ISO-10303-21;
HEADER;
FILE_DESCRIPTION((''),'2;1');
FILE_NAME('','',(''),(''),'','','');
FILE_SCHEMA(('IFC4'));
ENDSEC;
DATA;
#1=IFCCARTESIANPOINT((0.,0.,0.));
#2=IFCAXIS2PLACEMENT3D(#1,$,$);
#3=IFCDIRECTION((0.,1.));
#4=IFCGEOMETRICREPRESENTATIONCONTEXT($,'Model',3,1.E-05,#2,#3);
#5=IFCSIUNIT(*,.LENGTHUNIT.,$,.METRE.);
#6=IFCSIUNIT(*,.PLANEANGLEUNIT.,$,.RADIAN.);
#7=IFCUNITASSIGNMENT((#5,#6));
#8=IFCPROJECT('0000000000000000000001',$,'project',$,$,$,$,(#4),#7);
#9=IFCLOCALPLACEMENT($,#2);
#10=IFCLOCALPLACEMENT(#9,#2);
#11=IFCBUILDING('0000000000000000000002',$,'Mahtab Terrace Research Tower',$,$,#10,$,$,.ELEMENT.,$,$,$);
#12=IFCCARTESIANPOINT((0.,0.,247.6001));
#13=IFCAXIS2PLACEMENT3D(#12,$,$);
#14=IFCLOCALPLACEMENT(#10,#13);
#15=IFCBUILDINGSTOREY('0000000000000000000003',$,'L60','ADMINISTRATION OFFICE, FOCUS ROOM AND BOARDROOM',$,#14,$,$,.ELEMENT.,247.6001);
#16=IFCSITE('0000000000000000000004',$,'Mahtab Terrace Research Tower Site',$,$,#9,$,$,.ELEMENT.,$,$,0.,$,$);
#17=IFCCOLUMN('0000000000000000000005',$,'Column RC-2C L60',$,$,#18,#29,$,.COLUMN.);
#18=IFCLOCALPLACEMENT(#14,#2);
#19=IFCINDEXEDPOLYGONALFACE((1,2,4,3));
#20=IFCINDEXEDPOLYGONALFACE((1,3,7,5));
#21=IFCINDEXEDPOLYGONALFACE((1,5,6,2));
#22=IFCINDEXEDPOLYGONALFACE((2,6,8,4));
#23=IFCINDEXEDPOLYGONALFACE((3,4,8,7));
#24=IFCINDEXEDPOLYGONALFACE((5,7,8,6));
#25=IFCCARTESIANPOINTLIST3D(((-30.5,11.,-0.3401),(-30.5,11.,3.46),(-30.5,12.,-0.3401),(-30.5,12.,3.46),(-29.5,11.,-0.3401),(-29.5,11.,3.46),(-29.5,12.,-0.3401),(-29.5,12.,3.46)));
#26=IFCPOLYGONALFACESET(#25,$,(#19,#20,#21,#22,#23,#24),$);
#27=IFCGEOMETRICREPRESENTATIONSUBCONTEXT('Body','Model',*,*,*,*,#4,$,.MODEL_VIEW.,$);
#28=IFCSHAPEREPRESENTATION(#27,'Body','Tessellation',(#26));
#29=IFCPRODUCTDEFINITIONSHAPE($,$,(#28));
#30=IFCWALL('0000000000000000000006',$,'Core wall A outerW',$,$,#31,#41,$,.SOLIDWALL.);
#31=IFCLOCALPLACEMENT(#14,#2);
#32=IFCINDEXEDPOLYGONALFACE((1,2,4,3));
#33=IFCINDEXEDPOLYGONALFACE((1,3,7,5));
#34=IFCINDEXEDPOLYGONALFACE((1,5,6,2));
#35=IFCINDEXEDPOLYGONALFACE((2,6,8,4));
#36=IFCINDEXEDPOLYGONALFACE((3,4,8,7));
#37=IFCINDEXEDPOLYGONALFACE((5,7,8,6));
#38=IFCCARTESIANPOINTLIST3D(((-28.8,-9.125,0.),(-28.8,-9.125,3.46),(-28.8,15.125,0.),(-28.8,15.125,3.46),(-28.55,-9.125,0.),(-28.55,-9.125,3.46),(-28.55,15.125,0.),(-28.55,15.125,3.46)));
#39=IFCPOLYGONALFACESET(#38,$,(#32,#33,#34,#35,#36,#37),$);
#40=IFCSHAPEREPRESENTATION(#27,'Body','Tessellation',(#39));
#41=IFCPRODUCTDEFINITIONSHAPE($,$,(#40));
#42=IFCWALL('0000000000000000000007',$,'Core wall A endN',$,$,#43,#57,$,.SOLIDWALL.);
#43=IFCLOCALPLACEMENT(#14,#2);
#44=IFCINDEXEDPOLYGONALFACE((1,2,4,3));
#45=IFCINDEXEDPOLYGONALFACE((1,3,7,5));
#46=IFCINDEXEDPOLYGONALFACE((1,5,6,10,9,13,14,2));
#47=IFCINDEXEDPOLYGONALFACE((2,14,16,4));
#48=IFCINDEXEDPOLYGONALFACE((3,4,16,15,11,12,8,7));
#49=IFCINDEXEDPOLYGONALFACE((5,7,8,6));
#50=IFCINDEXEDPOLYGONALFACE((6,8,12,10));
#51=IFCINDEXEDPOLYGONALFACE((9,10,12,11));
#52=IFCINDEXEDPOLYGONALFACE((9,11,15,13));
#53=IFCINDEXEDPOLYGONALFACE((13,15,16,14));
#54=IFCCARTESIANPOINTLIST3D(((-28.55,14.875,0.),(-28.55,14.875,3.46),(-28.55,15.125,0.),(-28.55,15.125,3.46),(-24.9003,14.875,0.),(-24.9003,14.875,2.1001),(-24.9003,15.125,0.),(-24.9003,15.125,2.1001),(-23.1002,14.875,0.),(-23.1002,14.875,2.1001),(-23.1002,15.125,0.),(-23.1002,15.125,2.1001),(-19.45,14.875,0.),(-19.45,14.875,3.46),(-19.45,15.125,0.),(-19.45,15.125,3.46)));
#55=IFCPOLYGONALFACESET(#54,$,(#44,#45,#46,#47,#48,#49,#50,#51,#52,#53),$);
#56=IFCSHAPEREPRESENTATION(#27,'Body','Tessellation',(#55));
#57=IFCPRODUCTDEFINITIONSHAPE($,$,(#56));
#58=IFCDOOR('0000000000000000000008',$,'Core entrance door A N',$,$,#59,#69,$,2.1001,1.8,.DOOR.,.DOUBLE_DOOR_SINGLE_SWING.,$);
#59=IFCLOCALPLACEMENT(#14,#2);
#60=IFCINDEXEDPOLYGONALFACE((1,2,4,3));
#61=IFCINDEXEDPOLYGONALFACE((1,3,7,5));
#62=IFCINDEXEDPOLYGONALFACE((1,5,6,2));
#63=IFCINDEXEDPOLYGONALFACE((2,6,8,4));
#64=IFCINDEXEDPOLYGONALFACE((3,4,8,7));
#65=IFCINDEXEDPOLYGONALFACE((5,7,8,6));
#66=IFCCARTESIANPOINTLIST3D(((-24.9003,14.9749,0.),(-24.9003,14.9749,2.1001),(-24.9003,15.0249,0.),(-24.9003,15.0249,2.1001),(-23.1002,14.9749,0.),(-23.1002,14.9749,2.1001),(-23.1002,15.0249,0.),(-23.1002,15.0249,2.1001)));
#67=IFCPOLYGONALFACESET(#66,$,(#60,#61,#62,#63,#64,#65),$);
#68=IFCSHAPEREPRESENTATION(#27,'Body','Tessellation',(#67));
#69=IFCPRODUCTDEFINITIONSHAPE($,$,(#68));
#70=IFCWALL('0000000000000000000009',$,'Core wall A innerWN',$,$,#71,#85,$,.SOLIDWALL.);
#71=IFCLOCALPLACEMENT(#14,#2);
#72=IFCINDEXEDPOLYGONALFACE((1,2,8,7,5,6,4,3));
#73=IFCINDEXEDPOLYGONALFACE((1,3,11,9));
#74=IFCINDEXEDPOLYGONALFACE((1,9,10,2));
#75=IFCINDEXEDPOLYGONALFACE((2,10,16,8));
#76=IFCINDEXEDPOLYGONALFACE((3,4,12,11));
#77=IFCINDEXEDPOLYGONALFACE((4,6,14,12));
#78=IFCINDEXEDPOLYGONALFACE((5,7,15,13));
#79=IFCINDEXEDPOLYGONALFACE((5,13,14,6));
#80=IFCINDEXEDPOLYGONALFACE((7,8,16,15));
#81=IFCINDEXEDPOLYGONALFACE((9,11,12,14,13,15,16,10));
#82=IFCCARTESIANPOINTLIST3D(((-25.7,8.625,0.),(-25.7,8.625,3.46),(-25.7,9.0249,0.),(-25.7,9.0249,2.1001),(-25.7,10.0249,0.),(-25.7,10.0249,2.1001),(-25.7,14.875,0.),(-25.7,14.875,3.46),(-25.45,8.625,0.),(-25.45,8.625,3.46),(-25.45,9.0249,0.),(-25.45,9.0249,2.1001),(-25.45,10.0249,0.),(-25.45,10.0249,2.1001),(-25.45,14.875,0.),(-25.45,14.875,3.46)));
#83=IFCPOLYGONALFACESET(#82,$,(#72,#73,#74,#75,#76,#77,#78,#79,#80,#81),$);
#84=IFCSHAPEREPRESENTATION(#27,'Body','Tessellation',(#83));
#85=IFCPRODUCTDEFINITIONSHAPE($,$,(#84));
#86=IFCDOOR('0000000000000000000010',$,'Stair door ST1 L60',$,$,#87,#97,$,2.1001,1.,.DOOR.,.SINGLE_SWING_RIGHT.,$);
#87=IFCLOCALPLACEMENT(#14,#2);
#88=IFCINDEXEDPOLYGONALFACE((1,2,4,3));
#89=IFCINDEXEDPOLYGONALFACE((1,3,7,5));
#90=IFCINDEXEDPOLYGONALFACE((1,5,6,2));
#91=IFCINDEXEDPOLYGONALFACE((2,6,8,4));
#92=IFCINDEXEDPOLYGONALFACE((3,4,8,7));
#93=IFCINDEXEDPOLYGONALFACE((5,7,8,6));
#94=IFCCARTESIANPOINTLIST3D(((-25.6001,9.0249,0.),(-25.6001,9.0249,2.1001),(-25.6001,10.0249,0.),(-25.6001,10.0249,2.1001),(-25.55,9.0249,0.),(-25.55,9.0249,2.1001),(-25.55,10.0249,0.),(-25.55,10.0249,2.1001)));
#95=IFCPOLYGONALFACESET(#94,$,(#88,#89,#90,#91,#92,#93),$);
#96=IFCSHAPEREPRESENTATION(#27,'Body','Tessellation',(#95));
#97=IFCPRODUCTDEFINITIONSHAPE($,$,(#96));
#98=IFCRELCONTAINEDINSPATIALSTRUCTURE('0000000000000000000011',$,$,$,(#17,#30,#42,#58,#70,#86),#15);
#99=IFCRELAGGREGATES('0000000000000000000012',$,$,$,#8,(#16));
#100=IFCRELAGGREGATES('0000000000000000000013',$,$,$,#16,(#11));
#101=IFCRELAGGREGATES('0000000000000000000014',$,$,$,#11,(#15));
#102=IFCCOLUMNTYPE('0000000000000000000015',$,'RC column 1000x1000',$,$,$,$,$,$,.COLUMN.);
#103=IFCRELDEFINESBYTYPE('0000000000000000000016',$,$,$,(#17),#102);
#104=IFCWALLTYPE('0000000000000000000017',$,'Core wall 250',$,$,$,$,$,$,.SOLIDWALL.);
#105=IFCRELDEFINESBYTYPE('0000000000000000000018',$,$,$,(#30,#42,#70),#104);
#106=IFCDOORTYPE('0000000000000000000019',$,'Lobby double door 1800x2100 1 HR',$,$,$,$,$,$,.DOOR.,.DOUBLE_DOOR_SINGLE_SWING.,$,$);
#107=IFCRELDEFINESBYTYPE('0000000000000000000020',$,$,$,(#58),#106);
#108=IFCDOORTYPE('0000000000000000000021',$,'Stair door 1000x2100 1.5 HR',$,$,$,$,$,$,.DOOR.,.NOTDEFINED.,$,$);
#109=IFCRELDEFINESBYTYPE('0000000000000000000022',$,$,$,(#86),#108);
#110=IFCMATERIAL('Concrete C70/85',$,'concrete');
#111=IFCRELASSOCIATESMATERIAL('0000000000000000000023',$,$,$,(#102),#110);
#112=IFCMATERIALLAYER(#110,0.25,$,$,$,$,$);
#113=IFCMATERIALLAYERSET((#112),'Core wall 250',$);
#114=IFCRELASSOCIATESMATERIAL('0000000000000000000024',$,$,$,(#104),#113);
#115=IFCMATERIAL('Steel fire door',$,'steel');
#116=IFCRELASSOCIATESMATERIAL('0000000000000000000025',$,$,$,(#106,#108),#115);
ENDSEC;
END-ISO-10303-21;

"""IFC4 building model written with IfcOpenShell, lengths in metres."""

from ifc_helpers import new_model, si_unit, direction, frame, frame_2d, origin, origin_2d, place, context, subcontext, project, spatial, rectangle, extrude, material, layer, layer_set, material_profile, profile_set, type_object, element, fill, save


model = new_model("IFC4")

# Units and contexts
model_context = context("Model", 3, precision=1e-05, world=origin(), true_north=direction((0.0, 1.0)))
body_context = subcontext(model_context, "Body", "Model", "MODEL_VIEW")
ifc_project = project(units=[si_unit("LENGTHUNIT", "METRE"), si_unit("PLANEANGLEUNIT", "RADIAN")], contexts=[model_context])

# Site, building, storey
site_placement = place(None, origin())
site = spatial("IfcSite", under=ifc_project, at=site_placement, Name="Mahtab Terrace Research Tower Site", CompositionType="ELEMENT", RefElevation=0.0)
building_placement = place(site_placement, origin())
building = spatial("IfcBuilding", under=site, at=building_placement, Name="Mahtab Terrace Research Tower", CompositionType="ELEMENT")
storey_placement = place(building_placement, frame((0.0, 0.0, 247.6001)))
storey = spatial("IfcBuildingStorey", under=building, at=storey_placement, Name="L60", Description="ADMINISTRATION OFFICE, FOCUS ROOM AND BOARDROOM", CompositionType="ELEMENT", Elevation=247.6001)

# Column
ifc_material_1 = material(Name="Concrete C70/85", Category="concrete")
ifc_material_profile = material_profile(ifc_material_1, rectangle(XDim=1.0, YDim=1.0, at=origin_2d()), Name="RC column 1000x1000")
ifc_profile_set = profile_set([ifc_material_profile], Name="Concrete C70/85")
column_type = type_object("IfcColumnType", Name="RC column 1000x1000", PredefinedType="COLUMN", material=ifc_profile_set)
column_placement = place(storey_placement, frame((-30.0, 11.5, -0.3401), z_axis=(0.0, 0.0, 1.0), x_axis=(1.0, 0.0, 0.0)))
element("IfcColumn", 1, at=column_placement, inside=storey, type_object=column_type, Name="Column RC-2C L60", PredefinedType="COLUMN", context=body_context, shape_type="SweptSolid", body=[
    extrude(rectangle(XDim=1.0, YDim=1.0, at=origin_2d()), origin(), (0.0, 0.0, 1.0), 3.8),
])

# Wall
ifc_layer_1 = layer(ifc_material_1, 0.25)
ifc_layer_set_1 = layer_set([ifc_layer_1], Name="Core wall 250")
wall_type_1 = type_object("IfcWallType", Name="Core wall 250", PredefinedType="SOLIDWALL", material=ifc_layer_set_1)
wall_1_placement = place(storey_placement, frame((-28.675, 15.125, 0.0), z_axis=(0.0, 0.0, 1.0), x_axis=(0.0, -1.0, 0.0)))
element("IfcWall", 2, at=wall_1_placement, inside=storey, type_object=wall_type_1, Name="Core wall A outerW", PredefinedType="SOLIDWALL", context=body_context, shape_type="SweptSolid", body=[
    extrude(rectangle(XDim=24.25, YDim=0.25, at=frame_2d((12.125, 0.0))), origin(), (0.0, 0.0, 1.0), 3.46),
])

# Walls, openings, doors
wall_2_placement = place(storey_placement, frame((-28.55, 15.0, 0.0), z_axis=(0.0, 0.0, 1.0), x_axis=(1.0, 0.0, 0.0)))
wall_2 = element("IfcWall", 3, at=wall_2_placement, inside=storey, type_object=wall_type_1, Name="Core wall A endN", PredefinedType="SOLIDWALL", context=body_context, shape_type="SweptSolid", body=[
    extrude(rectangle(XDim=9.1001, YDim=0.25, at=frame_2d((4.55, 0.0))), origin(), (0.0, 0.0, 1.0), 3.46),
])
opening_1_placement = place(wall_2_placement, frame((3.6499, 0.0, 0.0)))
opening_1 = element("IfcOpeningElement", 4, at=opening_1_placement, cuts=wall_2, PredefinedType="OPENING", context=body_context, shape_type="SweptSolid", body=[
    extrude(rectangle(XDim=1.8, YDim=2.1001, at=frame_2d((0.8999, 1.05))), frame((0.0, 0.135, 0.0), z_axis=(0.0, -1.0, 0.0), x_axis=(1.0, 0.0, 0.0)), (0.0, 0.0, 1.0), 0.27),
])
ifc_material_2 = material(Name="Steel fire door", Category="steel")
door_type_1 = type_object("IfcDoorType", Name="Lobby double door 1800x2100 1 HR", OperationType="DOUBLE_DOOR_SINGLE_SWING", PredefinedType="DOOR", material=ifc_material_2)
door_1_placement = place(opening_1_placement, origin())
door_1 = element("IfcDoor", 5, at=door_1_placement, inside=storey, type_object=door_type_1, Name="Core entrance door A N", OperationType="DOUBLE_DOOR_SINGLE_SWING", OverallHeight=2.1001, OverallWidth=1.8, PredefinedType="DOOR", context=body_context, shape_type="SweptSolid", body=[
    extrude(rectangle(XDim=1.8, YDim=2.1001, at=frame_2d((0.8999, 1.05))), frame((0.0, 0.0249, 0.0), z_axis=(0.0, -1.0, 0.0), x_axis=(1.0, 0.0, 0.0)), (0.0, 0.0, 1.0), 0.05),
])
fill(opening_1, door_1)
wall_3_placement = place(storey_placement, frame((-25.575, 14.875, 0.0), z_axis=(0.0, 0.0, 1.0), x_axis=(0.0, -1.0, 0.0)))
wall_3 = element("IfcWall", 6, at=wall_3_placement, inside=storey, type_object=wall_type_1, Name="Core wall A innerWN", PredefinedType="SOLIDWALL", context=body_context, shape_type="SweptSolid", body=[
    extrude(rectangle(XDim=6.25, YDim=0.25, at=frame_2d((3.125, 0.0))), origin(), (0.0, 0.0, 1.0), 3.46),
])
opening_2_placement = place(wall_3_placement, frame((4.8501, 0.0, 0.0)))
opening_2 = element("IfcOpeningElement", 7, at=opening_2_placement, cuts=wall_3, PredefinedType="OPENING", context=body_context, shape_type="SweptSolid", body=[
    extrude(rectangle(XDim=1.0, YDim=2.1001, at=frame_2d((0.5, 1.05))), frame((0.0, 0.135, 0.0), z_axis=(0.0, -1.0, 0.0), x_axis=(1.0, 0.0, 0.0)), (0.0, 0.0, 1.0), 0.27),
])
door_type_2 = type_object("IfcDoorType", Name="Stair door 1000x2100 1.5 HR", OperationType="NOTDEFINED", PredefinedType="DOOR", material=ifc_material_2)
door_2_placement = place(opening_2_placement, origin())
door_2 = element("IfcDoor", 8, at=door_2_placement, inside=storey, type_object=door_type_2, Name="Stair door ST1 L60", OperationType="SINGLE_SWING_RIGHT", OverallHeight=2.1001, OverallWidth=1.0, PredefinedType="DOOR", context=body_context, shape_type="SweptSolid", body=[
    extrude(rectangle(XDim=1.0, YDim=2.1001, at=frame_2d((0.5, 1.05))), frame((0.0, 0.0249, 0.0), z_axis=(0.0, -1.0, 0.0), x_axis=(1.0, 0.0, 0.0)), (0.0, 0.0, 1.0), 0.05),
])
fill(opening_2, door_2)

save(model, "model.ifc")
